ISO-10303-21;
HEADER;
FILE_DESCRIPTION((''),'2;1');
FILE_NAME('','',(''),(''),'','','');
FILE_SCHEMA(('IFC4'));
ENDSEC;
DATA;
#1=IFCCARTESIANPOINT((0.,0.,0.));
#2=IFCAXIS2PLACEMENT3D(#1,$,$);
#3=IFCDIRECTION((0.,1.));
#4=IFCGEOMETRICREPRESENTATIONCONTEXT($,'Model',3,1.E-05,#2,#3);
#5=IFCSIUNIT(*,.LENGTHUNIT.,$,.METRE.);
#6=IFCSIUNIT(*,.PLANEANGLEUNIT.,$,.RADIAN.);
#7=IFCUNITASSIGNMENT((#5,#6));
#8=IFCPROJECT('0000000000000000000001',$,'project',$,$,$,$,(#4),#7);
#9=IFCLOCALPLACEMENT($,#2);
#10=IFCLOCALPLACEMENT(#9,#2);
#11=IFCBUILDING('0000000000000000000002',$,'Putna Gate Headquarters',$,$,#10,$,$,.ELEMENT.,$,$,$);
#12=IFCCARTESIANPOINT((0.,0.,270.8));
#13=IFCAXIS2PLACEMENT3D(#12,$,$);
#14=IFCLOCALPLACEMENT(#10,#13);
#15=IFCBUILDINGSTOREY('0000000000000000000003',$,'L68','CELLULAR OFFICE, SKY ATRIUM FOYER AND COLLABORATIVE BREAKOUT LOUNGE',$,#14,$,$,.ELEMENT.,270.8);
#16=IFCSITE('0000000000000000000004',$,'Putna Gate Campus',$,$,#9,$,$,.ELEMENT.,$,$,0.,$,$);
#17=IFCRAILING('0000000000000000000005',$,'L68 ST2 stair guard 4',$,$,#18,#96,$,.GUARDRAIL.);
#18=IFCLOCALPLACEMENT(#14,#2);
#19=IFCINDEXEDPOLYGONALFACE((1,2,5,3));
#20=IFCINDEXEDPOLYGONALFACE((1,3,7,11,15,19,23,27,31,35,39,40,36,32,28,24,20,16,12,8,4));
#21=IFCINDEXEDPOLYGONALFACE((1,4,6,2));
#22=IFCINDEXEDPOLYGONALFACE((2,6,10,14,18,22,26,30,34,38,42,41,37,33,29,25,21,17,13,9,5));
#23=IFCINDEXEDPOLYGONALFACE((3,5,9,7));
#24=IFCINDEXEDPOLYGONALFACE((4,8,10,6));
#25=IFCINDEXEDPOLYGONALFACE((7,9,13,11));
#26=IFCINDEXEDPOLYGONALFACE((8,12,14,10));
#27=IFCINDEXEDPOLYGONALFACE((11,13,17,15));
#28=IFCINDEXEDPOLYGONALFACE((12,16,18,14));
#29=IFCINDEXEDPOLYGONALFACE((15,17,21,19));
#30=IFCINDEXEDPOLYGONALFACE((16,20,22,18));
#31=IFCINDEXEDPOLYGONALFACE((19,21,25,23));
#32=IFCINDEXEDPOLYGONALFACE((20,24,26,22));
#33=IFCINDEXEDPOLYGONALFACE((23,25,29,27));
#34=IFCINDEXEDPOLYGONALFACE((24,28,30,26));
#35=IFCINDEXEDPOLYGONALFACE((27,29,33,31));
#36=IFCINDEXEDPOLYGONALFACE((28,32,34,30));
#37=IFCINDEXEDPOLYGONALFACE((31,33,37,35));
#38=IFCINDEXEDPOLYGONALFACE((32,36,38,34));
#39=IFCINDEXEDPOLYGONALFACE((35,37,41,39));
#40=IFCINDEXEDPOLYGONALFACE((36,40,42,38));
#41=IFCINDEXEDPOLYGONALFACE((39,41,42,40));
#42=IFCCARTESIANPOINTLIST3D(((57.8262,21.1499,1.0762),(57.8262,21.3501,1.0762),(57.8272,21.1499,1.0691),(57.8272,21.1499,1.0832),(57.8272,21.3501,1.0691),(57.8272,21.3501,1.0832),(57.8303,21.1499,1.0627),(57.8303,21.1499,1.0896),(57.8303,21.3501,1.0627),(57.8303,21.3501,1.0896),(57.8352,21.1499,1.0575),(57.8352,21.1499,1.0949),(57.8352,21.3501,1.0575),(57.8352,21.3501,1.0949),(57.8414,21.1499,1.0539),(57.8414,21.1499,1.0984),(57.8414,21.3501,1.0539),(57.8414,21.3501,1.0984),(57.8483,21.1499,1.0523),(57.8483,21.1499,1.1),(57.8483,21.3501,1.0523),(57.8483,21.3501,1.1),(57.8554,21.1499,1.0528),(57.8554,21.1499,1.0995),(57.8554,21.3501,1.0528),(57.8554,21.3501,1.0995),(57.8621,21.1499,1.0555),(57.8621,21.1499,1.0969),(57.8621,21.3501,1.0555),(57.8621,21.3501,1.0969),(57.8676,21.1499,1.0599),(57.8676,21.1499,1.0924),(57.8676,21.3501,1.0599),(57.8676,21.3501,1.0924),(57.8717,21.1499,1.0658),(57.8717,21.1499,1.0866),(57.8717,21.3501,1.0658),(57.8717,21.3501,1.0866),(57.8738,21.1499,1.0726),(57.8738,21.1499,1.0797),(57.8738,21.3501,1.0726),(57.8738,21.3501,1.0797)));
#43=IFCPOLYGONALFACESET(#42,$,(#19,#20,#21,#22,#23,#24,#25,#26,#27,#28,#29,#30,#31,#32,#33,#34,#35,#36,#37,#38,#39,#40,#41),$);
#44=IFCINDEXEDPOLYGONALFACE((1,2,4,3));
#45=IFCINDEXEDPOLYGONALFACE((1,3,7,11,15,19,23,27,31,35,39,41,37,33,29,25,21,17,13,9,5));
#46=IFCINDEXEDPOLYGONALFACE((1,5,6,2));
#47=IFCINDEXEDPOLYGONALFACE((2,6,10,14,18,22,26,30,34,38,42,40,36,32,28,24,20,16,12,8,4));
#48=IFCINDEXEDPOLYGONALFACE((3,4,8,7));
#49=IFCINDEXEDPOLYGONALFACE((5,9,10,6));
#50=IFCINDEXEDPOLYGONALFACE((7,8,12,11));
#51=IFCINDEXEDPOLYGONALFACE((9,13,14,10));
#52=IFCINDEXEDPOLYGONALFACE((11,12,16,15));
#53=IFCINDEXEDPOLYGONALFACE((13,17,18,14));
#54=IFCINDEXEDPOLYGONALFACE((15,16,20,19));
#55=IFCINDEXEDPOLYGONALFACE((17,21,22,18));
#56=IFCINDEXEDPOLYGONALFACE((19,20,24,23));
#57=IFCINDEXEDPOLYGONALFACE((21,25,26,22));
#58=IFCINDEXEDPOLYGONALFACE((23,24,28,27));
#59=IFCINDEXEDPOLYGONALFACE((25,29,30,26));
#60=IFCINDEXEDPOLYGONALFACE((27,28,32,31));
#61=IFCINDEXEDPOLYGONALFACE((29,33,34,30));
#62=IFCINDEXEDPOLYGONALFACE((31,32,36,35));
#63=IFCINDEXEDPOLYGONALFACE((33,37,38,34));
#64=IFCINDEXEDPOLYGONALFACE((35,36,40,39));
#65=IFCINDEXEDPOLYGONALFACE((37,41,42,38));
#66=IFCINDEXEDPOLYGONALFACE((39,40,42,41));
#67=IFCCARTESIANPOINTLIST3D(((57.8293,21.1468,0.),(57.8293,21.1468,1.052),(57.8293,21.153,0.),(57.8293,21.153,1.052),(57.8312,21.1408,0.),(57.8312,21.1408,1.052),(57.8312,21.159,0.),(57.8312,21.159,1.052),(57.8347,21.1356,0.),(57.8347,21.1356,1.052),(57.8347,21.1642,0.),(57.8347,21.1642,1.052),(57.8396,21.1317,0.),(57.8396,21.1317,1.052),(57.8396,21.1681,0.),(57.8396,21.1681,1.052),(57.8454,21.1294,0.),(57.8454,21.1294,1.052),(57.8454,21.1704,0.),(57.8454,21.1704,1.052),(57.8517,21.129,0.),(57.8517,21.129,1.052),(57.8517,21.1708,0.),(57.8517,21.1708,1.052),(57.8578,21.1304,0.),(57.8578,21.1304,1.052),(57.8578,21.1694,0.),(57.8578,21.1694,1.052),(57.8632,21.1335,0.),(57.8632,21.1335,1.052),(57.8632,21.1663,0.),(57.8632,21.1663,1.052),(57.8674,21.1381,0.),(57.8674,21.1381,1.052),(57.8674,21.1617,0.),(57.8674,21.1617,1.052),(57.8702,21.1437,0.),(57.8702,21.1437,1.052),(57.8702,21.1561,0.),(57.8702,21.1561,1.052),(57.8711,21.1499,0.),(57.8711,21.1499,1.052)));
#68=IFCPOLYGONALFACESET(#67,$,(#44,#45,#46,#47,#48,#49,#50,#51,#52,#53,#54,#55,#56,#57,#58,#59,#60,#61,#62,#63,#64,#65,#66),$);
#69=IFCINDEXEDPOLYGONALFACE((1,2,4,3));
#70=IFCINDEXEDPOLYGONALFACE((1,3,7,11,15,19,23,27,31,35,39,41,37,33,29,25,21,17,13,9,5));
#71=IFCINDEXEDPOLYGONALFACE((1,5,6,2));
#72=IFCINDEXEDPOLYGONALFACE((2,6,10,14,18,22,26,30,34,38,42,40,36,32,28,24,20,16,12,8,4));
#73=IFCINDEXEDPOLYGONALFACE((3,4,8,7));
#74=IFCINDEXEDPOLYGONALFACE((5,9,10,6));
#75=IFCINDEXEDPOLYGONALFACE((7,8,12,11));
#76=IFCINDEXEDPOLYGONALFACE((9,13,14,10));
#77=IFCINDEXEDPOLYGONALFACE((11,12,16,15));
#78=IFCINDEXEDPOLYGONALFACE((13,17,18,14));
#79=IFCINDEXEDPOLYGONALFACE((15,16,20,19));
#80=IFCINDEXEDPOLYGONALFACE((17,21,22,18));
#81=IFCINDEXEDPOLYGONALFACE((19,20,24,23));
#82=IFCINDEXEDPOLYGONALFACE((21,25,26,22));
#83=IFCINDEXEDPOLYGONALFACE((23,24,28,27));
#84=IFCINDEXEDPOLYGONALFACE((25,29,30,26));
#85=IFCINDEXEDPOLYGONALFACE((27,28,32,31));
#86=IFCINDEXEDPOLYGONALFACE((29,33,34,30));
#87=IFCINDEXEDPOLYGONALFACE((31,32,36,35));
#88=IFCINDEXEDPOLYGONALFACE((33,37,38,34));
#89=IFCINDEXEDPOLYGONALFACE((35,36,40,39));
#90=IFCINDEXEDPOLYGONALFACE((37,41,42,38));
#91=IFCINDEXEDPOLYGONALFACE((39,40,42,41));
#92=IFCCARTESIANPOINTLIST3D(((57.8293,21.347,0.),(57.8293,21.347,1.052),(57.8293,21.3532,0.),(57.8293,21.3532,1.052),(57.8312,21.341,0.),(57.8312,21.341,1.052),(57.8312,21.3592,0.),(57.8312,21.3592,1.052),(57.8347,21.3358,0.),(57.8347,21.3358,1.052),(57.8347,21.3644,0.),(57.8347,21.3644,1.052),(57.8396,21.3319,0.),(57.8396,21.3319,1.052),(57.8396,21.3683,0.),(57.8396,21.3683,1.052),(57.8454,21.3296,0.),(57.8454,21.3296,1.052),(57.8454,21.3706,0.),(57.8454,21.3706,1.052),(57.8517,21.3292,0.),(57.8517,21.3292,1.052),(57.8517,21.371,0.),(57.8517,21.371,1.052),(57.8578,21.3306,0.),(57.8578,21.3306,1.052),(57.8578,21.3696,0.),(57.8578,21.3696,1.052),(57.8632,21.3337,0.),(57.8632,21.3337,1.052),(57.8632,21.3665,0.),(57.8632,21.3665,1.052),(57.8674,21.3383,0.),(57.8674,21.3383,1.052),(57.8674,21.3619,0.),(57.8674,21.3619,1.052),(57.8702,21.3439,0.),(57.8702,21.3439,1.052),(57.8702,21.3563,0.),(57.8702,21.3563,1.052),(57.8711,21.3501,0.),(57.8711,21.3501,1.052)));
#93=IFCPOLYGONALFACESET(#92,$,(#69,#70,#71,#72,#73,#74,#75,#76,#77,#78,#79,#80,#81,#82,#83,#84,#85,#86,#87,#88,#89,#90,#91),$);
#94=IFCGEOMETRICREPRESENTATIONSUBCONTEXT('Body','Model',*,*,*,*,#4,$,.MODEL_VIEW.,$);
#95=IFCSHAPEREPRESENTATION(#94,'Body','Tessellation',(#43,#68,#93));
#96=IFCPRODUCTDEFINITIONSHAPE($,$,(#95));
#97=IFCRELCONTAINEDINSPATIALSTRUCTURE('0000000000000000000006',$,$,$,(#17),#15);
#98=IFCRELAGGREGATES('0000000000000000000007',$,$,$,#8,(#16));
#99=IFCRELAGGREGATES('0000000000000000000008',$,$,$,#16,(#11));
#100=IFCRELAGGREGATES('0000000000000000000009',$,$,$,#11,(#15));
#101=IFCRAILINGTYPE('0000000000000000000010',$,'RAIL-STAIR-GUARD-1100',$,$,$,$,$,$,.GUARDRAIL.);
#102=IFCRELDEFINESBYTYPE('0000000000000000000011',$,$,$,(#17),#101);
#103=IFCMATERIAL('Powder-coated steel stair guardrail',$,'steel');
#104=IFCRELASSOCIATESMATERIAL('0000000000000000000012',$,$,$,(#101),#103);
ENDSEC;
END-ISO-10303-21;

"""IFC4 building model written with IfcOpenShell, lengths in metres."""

from ifc_helpers import new_model, si_unit, direction, frame, origin, origin_2d, place, context, subcontext, project, spatial, circle, extrude, material, type_object, element, save


model = new_model("IFC4")

# Units and contexts
model_context = context("Model", 3, precision=1e-05, world=origin(), true_north=direction((0.0, 1.0)))
body_context = subcontext(model_context, "Body", "Model", "MODEL_VIEW")
ifc_project = project(units=[si_unit("LENGTHUNIT", "METRE"), si_unit("PLANEANGLEUNIT", "RADIAN")], contexts=[model_context])

# Site, building, storey
site_placement = place(None, origin())
site = spatial("IfcSite", under=ifc_project, at=site_placement, Name="Putna Gate Campus", CompositionType="ELEMENT", RefElevation=0.0)
building_placement = place(site_placement, origin())
building = spatial("IfcBuilding", under=site, at=building_placement, Name="Putna Gate Headquarters", CompositionType="ELEMENT")
storey_placement = place(building_placement, frame((0.0, 0.0, 270.8)))
storey = spatial("IfcBuildingStorey", under=building, at=storey_placement, Name="L68", Description="CELLULAR OFFICE, SKY ATRIUM FOYER AND COLLABORATIVE BREAKOUT LOUNGE", CompositionType="ELEMENT", Elevation=270.8)

# Railing
ifc_material_1 = material(Name="Powder-coated steel stair guardrail", Category="steel")
railing_type_1 = type_object("IfcRailingType", Name="RAIL-STAIR-GUARD-1100", PredefinedType="GUARDRAIL", material=ifc_material_1)
railing_1_placement = place(storey_placement, frame((57.8501, 21.1499, 0.0)))
element("IfcRailing", 1, at=railing_1_placement, inside=storey, type_object=railing_type_1, Name="L68 ST2 stair guard 4", PredefinedType="GUARDRAIL", context=body_context, shape_type="SweptSolid", body=[
    extrude(circle(Radius=0.0239, at=origin_2d()), frame((0.0, 0.0, 1.0762), z_axis=(0.0, 1.0, 0.0), x_axis=(-1.0, 0.0, 0.0)), (0.0, 0.0, 1.0), 0.2002),
    extrude(circle(Radius=0.021, at=origin_2d()), origin(), (0.0, 0.0, 1.0), 1.052),
    extrude(circle(Radius=0.021, at=origin_2d()), frame((0.0, 0.2002, 0.0)), (0.0, 0.0, 1.0), 1.052),
])

save(model, "model.ifc")
